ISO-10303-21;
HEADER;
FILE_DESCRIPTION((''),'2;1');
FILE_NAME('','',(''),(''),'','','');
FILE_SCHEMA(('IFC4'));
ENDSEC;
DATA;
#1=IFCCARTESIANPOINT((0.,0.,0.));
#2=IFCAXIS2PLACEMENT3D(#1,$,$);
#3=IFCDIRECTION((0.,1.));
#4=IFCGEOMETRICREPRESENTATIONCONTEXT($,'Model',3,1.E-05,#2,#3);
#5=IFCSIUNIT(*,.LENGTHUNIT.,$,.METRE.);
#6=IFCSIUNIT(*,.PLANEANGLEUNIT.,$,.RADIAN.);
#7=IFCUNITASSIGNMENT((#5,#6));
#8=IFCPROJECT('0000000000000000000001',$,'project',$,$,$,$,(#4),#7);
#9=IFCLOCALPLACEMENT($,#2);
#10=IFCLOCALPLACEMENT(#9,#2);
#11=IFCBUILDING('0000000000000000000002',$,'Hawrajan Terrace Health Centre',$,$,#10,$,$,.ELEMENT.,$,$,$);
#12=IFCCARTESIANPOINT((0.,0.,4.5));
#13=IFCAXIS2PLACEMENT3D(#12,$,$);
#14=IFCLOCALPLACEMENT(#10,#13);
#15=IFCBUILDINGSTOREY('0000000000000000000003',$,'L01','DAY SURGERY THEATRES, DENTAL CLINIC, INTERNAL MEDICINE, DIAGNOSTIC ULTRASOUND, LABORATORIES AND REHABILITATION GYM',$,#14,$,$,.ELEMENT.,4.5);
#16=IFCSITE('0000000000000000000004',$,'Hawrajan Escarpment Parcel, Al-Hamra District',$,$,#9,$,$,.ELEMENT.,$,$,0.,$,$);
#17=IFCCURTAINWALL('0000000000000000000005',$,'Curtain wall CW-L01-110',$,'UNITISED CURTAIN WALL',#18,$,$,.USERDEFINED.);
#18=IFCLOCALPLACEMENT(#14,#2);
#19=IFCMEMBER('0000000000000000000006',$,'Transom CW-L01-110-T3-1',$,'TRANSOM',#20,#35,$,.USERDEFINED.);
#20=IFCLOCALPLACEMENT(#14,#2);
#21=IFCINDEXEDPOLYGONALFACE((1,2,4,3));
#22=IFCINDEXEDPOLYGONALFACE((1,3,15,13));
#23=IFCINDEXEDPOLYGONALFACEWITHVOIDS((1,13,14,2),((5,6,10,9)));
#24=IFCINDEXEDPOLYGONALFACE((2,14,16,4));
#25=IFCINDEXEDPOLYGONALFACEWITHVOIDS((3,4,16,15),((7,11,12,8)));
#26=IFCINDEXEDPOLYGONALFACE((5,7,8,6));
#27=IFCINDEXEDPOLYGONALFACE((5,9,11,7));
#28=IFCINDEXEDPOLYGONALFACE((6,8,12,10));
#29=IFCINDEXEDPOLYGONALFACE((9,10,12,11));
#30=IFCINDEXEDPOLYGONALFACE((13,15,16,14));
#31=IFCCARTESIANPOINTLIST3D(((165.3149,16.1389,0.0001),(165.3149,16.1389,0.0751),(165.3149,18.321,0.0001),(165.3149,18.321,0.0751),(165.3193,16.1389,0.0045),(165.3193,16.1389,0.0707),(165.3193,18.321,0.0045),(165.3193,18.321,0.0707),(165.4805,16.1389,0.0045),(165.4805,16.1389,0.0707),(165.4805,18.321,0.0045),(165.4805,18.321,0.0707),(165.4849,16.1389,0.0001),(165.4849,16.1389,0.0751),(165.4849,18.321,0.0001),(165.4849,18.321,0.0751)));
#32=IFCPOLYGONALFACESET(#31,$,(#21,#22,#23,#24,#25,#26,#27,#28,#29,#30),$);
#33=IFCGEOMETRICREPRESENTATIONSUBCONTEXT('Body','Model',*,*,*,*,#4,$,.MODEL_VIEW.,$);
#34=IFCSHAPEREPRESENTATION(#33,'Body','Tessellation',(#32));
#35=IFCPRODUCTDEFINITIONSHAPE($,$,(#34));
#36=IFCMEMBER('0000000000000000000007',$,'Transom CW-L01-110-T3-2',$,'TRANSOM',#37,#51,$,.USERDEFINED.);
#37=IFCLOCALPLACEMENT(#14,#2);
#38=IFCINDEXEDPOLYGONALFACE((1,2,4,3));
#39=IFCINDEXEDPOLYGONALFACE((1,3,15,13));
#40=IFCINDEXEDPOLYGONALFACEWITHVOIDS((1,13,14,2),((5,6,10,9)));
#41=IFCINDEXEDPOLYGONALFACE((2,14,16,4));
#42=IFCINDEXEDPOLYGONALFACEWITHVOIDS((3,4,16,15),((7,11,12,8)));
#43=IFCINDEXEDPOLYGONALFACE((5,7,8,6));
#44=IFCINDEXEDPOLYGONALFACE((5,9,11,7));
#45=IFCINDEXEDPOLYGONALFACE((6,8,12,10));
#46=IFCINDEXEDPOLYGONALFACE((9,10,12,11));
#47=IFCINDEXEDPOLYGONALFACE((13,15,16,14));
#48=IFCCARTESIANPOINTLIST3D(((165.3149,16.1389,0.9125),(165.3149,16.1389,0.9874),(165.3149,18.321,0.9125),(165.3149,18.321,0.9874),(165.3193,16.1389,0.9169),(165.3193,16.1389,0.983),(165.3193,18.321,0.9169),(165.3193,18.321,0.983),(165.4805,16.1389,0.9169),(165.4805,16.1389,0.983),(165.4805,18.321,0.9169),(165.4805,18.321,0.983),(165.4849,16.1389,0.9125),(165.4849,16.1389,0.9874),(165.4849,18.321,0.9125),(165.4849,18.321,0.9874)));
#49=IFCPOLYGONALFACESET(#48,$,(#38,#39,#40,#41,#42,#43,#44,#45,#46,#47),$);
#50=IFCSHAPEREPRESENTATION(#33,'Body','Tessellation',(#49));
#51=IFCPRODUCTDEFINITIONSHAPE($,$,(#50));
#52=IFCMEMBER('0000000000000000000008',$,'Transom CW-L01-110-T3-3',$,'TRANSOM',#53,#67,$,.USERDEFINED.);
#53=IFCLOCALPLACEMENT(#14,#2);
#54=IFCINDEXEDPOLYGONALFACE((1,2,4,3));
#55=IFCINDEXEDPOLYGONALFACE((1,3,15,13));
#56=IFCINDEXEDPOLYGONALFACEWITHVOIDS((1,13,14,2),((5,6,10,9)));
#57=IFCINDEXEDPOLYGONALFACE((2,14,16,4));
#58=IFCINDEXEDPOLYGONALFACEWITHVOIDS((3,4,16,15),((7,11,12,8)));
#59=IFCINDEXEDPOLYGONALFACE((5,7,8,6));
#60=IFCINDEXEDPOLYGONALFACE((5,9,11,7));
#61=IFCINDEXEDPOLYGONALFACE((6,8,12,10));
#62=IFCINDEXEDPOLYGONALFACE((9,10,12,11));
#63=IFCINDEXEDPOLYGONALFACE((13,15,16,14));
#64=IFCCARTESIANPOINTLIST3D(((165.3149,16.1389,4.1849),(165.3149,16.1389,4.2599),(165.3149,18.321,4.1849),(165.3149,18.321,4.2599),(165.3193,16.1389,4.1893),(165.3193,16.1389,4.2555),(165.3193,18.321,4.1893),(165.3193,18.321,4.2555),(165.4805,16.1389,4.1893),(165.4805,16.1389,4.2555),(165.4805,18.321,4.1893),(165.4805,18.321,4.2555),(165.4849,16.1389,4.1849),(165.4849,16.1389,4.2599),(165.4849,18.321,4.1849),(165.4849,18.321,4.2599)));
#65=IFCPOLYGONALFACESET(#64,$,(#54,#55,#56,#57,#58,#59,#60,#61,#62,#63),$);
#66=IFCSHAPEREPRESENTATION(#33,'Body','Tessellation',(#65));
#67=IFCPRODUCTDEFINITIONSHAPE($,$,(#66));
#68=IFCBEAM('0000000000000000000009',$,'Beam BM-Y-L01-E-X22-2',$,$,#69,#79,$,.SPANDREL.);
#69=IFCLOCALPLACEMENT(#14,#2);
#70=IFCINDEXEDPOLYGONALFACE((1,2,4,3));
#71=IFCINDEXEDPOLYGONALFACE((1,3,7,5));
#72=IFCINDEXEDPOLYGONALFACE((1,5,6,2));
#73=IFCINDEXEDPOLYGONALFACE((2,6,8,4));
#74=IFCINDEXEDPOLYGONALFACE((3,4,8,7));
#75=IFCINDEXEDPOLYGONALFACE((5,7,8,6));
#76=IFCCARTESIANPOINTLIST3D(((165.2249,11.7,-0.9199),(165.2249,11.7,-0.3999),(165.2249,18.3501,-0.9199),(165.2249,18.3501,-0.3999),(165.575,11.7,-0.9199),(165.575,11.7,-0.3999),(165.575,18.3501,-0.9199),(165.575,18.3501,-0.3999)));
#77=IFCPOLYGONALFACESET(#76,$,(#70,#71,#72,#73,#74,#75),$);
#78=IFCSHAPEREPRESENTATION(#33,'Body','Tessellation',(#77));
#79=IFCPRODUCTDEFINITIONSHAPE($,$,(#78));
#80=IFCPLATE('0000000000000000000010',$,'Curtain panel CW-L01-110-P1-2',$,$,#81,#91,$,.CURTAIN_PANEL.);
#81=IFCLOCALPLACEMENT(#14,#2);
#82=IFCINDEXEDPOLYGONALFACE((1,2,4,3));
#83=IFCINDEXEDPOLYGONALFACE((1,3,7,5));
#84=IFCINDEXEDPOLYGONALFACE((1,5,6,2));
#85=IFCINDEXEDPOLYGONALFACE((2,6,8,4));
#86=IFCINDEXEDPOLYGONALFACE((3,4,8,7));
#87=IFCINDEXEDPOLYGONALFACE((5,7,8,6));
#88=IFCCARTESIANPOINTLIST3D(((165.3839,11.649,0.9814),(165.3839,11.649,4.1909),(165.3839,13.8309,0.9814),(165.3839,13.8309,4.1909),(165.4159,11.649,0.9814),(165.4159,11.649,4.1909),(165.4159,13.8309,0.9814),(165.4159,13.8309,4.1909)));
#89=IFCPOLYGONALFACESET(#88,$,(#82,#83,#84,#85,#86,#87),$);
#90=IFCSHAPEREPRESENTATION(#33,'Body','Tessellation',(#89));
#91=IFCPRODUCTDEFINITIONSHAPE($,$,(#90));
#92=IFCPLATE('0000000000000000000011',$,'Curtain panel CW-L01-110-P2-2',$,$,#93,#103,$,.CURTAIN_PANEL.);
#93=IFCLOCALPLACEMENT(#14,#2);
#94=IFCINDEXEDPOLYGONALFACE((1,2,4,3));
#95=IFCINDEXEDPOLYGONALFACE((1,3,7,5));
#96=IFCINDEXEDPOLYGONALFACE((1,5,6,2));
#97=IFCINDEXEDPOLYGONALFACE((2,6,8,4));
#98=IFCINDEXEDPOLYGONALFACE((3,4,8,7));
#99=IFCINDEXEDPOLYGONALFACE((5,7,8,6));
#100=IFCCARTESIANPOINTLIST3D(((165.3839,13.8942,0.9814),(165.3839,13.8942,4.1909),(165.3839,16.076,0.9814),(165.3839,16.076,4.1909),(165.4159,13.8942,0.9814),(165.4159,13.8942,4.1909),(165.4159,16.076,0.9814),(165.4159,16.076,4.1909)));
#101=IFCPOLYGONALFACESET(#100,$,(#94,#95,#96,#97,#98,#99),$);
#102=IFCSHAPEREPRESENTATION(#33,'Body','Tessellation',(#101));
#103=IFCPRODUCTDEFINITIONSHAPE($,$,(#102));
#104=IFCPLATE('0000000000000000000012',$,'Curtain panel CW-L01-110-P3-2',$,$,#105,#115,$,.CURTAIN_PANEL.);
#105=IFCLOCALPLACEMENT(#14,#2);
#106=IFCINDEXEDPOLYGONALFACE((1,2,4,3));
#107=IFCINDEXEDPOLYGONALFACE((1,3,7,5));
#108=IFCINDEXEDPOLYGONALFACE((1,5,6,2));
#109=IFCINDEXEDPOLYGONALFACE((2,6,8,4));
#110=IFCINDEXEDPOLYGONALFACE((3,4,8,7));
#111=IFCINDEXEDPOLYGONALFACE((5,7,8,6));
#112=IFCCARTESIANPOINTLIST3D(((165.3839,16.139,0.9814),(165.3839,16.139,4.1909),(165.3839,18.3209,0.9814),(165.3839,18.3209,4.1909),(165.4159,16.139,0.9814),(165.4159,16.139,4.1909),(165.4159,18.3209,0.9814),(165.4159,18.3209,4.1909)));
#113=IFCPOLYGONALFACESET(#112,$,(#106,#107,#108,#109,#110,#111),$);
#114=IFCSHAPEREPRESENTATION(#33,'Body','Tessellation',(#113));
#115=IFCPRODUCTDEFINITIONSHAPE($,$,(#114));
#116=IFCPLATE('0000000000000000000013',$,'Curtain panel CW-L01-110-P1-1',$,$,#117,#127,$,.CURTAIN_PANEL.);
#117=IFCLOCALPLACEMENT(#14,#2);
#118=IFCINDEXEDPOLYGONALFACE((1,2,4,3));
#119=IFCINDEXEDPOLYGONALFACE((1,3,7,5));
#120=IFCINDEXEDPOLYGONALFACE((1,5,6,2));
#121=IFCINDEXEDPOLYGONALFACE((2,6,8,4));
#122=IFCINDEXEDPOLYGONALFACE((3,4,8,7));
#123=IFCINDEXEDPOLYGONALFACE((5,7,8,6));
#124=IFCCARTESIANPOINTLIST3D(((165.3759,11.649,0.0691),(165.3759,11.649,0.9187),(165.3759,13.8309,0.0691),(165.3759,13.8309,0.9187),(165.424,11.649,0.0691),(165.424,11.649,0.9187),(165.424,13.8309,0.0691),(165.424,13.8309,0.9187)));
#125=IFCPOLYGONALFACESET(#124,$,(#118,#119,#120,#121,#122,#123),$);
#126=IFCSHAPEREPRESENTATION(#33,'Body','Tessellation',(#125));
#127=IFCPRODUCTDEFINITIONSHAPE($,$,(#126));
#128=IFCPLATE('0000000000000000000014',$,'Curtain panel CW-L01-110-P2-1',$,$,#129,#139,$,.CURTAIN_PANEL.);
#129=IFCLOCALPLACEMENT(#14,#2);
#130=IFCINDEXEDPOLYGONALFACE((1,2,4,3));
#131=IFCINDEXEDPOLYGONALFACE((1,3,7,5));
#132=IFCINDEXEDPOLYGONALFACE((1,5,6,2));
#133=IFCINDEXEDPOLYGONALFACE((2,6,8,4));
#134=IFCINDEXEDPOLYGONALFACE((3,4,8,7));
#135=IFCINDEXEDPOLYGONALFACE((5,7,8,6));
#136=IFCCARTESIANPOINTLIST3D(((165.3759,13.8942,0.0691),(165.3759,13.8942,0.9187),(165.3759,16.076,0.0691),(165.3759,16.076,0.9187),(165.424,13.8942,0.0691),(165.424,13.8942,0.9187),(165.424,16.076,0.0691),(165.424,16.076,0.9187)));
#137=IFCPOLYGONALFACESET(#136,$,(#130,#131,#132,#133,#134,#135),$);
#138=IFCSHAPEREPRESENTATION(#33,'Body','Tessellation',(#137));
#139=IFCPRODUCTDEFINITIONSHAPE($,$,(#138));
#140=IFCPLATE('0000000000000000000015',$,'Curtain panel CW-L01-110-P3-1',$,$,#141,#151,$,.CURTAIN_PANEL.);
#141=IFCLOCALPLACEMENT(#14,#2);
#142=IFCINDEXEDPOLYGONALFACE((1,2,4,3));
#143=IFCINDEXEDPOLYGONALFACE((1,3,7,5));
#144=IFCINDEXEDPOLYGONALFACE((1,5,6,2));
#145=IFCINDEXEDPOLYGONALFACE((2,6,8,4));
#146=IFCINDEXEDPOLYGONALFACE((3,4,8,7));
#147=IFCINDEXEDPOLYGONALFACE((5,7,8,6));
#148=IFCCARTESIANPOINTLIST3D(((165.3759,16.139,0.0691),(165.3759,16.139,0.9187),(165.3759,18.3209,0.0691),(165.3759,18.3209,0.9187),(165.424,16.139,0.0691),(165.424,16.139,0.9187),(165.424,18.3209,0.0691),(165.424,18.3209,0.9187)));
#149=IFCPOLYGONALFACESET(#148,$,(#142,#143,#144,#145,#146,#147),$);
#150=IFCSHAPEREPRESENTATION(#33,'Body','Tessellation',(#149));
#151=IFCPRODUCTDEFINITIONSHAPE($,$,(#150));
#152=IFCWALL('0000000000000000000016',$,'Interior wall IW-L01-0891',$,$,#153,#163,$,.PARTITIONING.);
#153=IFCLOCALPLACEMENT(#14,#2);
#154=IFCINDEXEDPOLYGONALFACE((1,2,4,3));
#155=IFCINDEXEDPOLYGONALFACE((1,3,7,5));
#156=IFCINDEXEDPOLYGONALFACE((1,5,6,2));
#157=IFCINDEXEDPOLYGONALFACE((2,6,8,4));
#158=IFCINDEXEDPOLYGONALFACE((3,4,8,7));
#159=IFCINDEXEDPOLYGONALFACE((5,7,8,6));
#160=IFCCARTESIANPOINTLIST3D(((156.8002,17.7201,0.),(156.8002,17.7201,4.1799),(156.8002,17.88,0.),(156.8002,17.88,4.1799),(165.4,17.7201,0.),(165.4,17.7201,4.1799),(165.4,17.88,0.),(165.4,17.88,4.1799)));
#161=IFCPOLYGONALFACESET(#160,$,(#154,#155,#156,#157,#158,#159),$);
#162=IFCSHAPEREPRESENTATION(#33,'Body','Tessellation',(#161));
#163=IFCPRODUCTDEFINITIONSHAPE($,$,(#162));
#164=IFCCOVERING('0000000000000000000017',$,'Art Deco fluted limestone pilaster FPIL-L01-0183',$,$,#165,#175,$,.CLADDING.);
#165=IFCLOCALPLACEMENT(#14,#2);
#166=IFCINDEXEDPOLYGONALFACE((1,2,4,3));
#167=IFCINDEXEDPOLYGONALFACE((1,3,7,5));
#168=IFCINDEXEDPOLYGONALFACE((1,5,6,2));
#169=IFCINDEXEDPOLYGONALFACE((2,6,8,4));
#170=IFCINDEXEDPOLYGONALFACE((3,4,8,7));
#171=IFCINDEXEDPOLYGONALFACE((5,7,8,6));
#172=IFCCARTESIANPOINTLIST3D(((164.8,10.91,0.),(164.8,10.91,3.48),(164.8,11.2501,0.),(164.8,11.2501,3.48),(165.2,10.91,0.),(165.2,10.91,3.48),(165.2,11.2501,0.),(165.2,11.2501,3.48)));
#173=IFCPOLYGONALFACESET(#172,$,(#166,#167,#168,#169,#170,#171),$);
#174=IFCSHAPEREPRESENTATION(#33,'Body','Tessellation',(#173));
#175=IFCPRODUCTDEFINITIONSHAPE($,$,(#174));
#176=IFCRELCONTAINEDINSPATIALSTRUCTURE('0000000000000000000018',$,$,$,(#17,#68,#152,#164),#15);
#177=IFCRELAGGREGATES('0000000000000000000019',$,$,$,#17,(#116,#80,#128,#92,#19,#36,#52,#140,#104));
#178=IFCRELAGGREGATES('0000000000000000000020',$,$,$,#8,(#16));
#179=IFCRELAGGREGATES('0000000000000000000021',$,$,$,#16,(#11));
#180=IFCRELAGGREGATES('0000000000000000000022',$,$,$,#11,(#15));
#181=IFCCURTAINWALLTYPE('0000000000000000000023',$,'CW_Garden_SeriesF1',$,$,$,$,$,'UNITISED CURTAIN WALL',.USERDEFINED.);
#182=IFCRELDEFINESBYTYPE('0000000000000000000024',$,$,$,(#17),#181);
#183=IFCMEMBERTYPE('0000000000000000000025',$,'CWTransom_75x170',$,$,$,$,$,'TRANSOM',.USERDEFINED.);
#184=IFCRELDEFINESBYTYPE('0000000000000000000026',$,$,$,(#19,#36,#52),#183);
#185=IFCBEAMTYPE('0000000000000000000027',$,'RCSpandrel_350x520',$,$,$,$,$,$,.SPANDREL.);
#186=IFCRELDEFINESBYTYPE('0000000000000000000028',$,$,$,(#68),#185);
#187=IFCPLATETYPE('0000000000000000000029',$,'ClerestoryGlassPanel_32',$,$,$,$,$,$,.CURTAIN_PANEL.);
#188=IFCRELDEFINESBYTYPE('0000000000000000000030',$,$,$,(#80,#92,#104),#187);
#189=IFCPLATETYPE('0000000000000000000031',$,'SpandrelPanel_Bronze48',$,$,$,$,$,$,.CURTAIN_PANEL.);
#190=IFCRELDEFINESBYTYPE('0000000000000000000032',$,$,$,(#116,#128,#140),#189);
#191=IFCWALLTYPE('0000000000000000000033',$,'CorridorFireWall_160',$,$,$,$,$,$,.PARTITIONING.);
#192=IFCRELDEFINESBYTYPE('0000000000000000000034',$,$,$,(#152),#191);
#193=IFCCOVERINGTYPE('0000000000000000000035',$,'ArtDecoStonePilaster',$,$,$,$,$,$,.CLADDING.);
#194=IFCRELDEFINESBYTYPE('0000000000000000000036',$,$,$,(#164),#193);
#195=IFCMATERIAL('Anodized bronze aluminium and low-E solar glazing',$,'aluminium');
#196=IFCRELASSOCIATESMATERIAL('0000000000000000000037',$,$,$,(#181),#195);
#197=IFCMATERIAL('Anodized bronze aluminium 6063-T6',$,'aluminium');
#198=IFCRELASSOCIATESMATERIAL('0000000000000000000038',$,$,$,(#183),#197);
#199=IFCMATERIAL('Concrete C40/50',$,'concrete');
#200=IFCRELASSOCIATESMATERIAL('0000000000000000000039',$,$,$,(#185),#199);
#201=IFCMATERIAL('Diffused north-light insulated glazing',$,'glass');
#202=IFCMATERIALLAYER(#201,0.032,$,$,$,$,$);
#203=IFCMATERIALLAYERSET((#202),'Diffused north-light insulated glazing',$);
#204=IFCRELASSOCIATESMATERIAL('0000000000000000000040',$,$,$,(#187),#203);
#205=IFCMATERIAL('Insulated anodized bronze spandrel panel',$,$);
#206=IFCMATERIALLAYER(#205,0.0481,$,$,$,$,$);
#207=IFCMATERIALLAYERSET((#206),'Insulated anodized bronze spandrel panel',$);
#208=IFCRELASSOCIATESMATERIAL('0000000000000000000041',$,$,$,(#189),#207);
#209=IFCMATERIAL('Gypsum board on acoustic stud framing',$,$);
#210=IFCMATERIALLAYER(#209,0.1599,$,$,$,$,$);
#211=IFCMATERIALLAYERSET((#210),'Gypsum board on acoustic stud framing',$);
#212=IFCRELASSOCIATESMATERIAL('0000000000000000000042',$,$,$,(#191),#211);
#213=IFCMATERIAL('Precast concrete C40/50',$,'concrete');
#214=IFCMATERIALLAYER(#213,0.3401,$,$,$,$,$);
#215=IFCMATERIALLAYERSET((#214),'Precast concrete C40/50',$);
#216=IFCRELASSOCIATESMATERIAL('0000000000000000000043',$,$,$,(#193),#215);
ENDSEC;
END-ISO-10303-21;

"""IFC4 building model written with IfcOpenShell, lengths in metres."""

from ifc_helpers import new_model, si_unit, direction, frame, frame_2d, origin, origin_2d, place, context, subcontext, project, spatial, rectangle, hollow_rectangle, extrude, material, layer, layer_set, material_profile, profile_set, type_object, element, aggregate, save


model = new_model("IFC4")

# Units and contexts
model_context = context("Model", 3, precision=1e-05, world=origin(), true_north=direction((0.0, 1.0)))
body_context = subcontext(model_context, "Body", "Model", "MODEL_VIEW")
ifc_project = project(units=[si_unit("LENGTHUNIT", "METRE"), si_unit("PLANEANGLEUNIT", "RADIAN")], contexts=[model_context])

# Site, building, storey
site_placement = place(None, origin())
site = spatial("IfcSite", under=ifc_project, at=site_placement, Name="Hawrajan Escarpment Parcel, Al-Hamra District", CompositionType="ELEMENT", RefElevation=0.0)
building_placement = place(site_placement, origin())
building = spatial("IfcBuilding", under=site, at=building_placement, Name="Hawrajan Terrace Health Centre", CompositionType="ELEMENT")
storey_placement = place(building_placement, frame((0.0, 0.0, 4.5)))
storey = spatial("IfcBuildingStorey", under=building, at=storey_placement, Name="L01", Description="DAY SURGERY THEATRES, DENTAL CLINIC, INTERNAL MEDICINE, DIAGNOSTIC ULTRASOUND, LABORATORIES AND REHABILITATION GYM", CompositionType="ELEMENT", Elevation=4.5)

# Curtain wall, members
ifc_material_1 = material(Name="Anodized bronze aluminium and low-E solar glazing", Category="aluminium")
curtain_wall_type = type_object("IfcCurtainWallType", Name="CW_Garden_SeriesF1", ElementType="UNITISED CURTAIN WALL", PredefinedType="USERDEFINED", material=ifc_material_1)
curtain_wall_placement = place(storey_placement, origin())
curtain_wall = element("IfcCurtainWall", 1, at=curtain_wall_placement, inside=storey, type_object=curtain_wall_type, Name="Curtain wall CW-L01-110", ObjectType="UNITISED CURTAIN WALL", PredefinedType="USERDEFINED")
ifc_material_2 = material(Name="Anodized bronze aluminium 6063-T6", Category="aluminium")
ifc_material_profile_1 = material_profile(ifc_material_2, hollow_rectangle(XDim=0.075, YDim=0.1699, WallThickness=0.0044, at=origin_2d()), Name="CW TRN 75x170")
ifc_profile_set_1 = profile_set([ifc_material_profile_1], Name="Anodized bronze aluminium 6063-T6")
member_type_1 = type_object("IfcMemberType", Name="CWTransom_75x170", ElementType="TRANSOM", PredefinedType="USERDEFINED", material=ifc_profile_set_1)
member_1_placement = place(storey_placement, frame((165.3999, 16.1389, 0.0376), z_axis=(0.0, 1.0, 0.0), x_axis=(0.0, 0.0, 1.0)))
member_1 = element("IfcMember", 2, at=member_1_placement, type_object=member_type_1, Name="Transom CW-L01-110-T3-1", ObjectType="TRANSOM", PredefinedType="USERDEFINED", context=body_context, shape_type="SweptSolid", body=[
    extrude(hollow_rectangle(XDim=0.075, YDim=0.1699, WallThickness=0.0044, at=origin_2d()), origin(), (0.0, 0.0, 1.0), 2.1821),
])
member_2_placement = place(storey_placement, frame((165.3999, 16.1389, 0.95), z_axis=(0.0, 1.0, 0.0), x_axis=(0.0, 0.0, 1.0)))
member_2 = element("IfcMember", 3, at=member_2_placement, type_object=member_type_1, Name="Transom CW-L01-110-T3-2", ObjectType="TRANSOM", PredefinedType="USERDEFINED", context=body_context, shape_type="SweptSolid", body=[
    extrude(hollow_rectangle(XDim=0.075, YDim=0.1699, WallThickness=0.0044, at=origin_2d()), origin(), (0.0, 0.0, 1.0), 2.1821),
])
member_3_placement = place(storey_placement, frame((165.3999, 16.1389, 4.2224), z_axis=(0.0, 1.0, 0.0), x_axis=(0.0, 0.0, 1.0)))
member_3 = element("IfcMember", 4, at=member_3_placement, type_object=member_type_1, Name="Transom CW-L01-110-T3-3", ObjectType="TRANSOM", PredefinedType="USERDEFINED", context=body_context, shape_type="SweptSolid", body=[
    extrude(hollow_rectangle(XDim=0.075, YDim=0.1699, WallThickness=0.0044, at=origin_2d()), origin(), (0.0, 0.0, 1.0), 2.1821),
])

# Beam
ifc_material_3 = material(Name="Concrete C40/50", Category="concrete")
ifc_material_profile_2 = material_profile(ifc_material_3, rectangle(XDim=0.3501, YDim=0.52, at=origin_2d()), Name="RC SP 350x520")
ifc_profile_set_2 = profile_set([ifc_material_profile_2], Name="Concrete C40/50")
beam_type = type_object("IfcBeamType", Name="RCSpandrel_350x520", PredefinedType="SPANDREL", material=ifc_profile_set_2)
beam_placement = place(storey_placement, frame((165.3999, 11.7, -0.6599), z_axis=(0.0, 1.0, 0.0), x_axis=(-1.0, 0.0, 0.0)))
element("IfcBeam", 5, at=beam_placement, inside=storey, type_object=beam_type, Name="Beam BM-Y-L01-E-X22-2", PredefinedType="SPANDREL", context=body_context, shape_type="SweptSolid", body=[
    extrude(rectangle(XDim=0.3501, YDim=0.52, at=origin_2d()), origin(), (0.0, 0.0, 1.0), 6.6501),
])

# Plates
ifc_material_4 = material(Name="Diffused north-light insulated glazing", Category="glass")
ifc_layer_1 = layer(ifc_material_4, 0.032)
ifc_layer_set_1 = layer_set([ifc_layer_1], Name="Diffused north-light insulated glazing")
plate_type_1 = type_object("IfcPlateType", Name="ClerestoryGlassPanel_32", PredefinedType="CURTAIN_PANEL", material=ifc_layer_set_1)
plate_1_placement = place(storey_placement, frame((165.3999, 12.74, 0.9814), z_axis=(0.0, 0.0, 1.0), x_axis=(0.0, 1.0, 0.0)))
plate_1 = element("IfcPlate", 6, at=plate_1_placement, type_object=plate_type_1, Name="Curtain panel CW-L01-110-P1-2", PredefinedType="CURTAIN_PANEL", context=body_context, shape_type="SweptSolid", body=[
    extrude(rectangle(XDim=2.1819, YDim=0.032, at=origin_2d()), origin(), (0.0, 0.0, 1.0), 3.2095),
])
plate_2_placement = place(storey_placement, frame((165.3999, 14.9851, 0.9814), z_axis=(0.0, 0.0, 1.0), x_axis=(0.0, 1.0, 0.0)))
plate_2 = element("IfcPlate", 7, at=plate_2_placement, type_object=plate_type_1, Name="Curtain panel CW-L01-110-P2-2", PredefinedType="CURTAIN_PANEL", context=body_context, shape_type="SweptSolid", body=[
    extrude(rectangle(XDim=2.1819, YDim=0.032, at=origin_2d()), origin(), (0.0, 0.0, 1.0), 3.2095),
])
plate_3_placement = place(storey_placement, frame((165.3999, 17.23, 0.9814), z_axis=(0.0, 0.0, 1.0), x_axis=(0.0, 1.0, 0.0)))
plate_3 = element("IfcPlate", 8, at=plate_3_placement, type_object=plate_type_1, Name="Curtain panel CW-L01-110-P3-2", PredefinedType="CURTAIN_PANEL", context=body_context, shape_type="SweptSolid", body=[
    extrude(rectangle(XDim=2.1819, YDim=0.032, at=origin_2d()), origin(), (0.0, 0.0, 1.0), 3.2095),
])
ifc_material_5 = material(Name="Insulated anodized bronze spandrel panel")
ifc_layer_2 = layer(ifc_material_5, 0.0481)
ifc_layer_set_2 = layer_set([ifc_layer_2], Name="Insulated anodized bronze spandrel panel")
plate_type_2 = type_object("IfcPlateType", Name="SpandrelPanel_Bronze48", PredefinedType="CURTAIN_PANEL", material=ifc_layer_set_2)
plate_4_placement = place(storey_placement, frame((165.3999, 12.74, 0.0691), z_axis=(0.0, 0.0, 1.0), x_axis=(0.0, 1.0, 0.0)))
plate_4 = element("IfcPlate", 9, at=plate_4_placement, type_object=plate_type_2, Name="Curtain panel CW-L01-110-P1-1", PredefinedType="CURTAIN_PANEL", context=body_context, shape_type="SweptSolid", body=[
    extrude(rectangle(XDim=2.1819, YDim=0.0481, at=origin_2d()), origin(), (0.0, 0.0, 1.0), 0.8496),
])
plate_5_placement = place(storey_placement, frame((165.3999, 14.9851, 0.0691), z_axis=(0.0, 0.0, 1.0), x_axis=(0.0, 1.0, 0.0)))
plate_5 = element("IfcPlate", 10, at=plate_5_placement, type_object=plate_type_2, Name="Curtain panel CW-L01-110-P2-1", PredefinedType="CURTAIN_PANEL", context=body_context, shape_type="SweptSolid", body=[
    extrude(rectangle(XDim=2.1819, YDim=0.0481, at=origin_2d()), origin(), (0.0, 0.0, 1.0), 0.8496),
])
plate_6_placement = place(storey_placement, frame((165.3999, 17.23, 0.0691), z_axis=(0.0, 0.0, 1.0), x_axis=(0.0, 1.0, 0.0)))
plate_6 = element("IfcPlate", 11, at=plate_6_placement, type_object=plate_type_2, Name="Curtain panel CW-L01-110-P3-1", PredefinedType="CURTAIN_PANEL", context=body_context, shape_type="SweptSolid", body=[
    extrude(rectangle(XDim=2.1819, YDim=0.0481, at=origin_2d()), origin(), (0.0, 0.0, 1.0), 0.8496),
])
aggregate(curtain_wall, [plate_4, plate_1, plate_5, plate_2, member_1, member_2, member_3, plate_6, plate_3])

# Wall
ifc_material_6 = material(Name="Gypsum board on acoustic stud framing")
ifc_layer_3 = layer(ifc_material_6, 0.1599)
ifc_layer_set_3 = layer_set([ifc_layer_3], Name="Gypsum board on acoustic stud framing")
wall_type = type_object("IfcWallType", Name="CorridorFireWall_160", PredefinedType="PARTITIONING", material=ifc_layer_set_3)
wall_placement = place(storey_placement, frame((165.3999, 17.8, 0.0), z_axis=(0.0, 0.0, 1.0), x_axis=(-1.0, 0.0, 0.0)))
element("IfcWall", 12, at=wall_placement, inside=storey, type_object=wall_type, Name="Interior wall IW-L01-0891", PredefinedType="PARTITIONING", context=body_context, shape_type="SweptSolid", body=[
    extrude(rectangle(XDim=8.5999, YDim=0.1599, at=frame_2d((4.2998, 0.0))), origin(), (0.0, 0.0, 1.0), 4.1799),
])

# Covering
ifc_material_7 = material(Name="Precast concrete C40/50", Category="concrete")
ifc_layer_4 = layer(ifc_material_7, 0.3401)
ifc_layer_set_4 = layer_set([ifc_layer_4], Name="Precast concrete C40/50")
covering_type = type_object("IfcCoveringType", Name="ArtDecoStonePilaster", PredefinedType="CLADDING", material=ifc_layer_set_4)
covering_placement = place(storey_placement, frame((165.0, 11.0801, 0.0), z_axis=(0.0, 0.0, 1.0), x_axis=(1.0, 0.0, 0.0)))
element("IfcCovering", 13, at=covering_placement, inside=storey, type_object=covering_type, Name="Art Deco fluted limestone pilaster FPIL-L01-0183", PredefinedType="CLADDING", context=body_context, shape_type="SweptSolid", body=[
    extrude(rectangle(XDim=0.3999, YDim=0.3401, at=origin_2d()), origin(), (0.0, 0.0, 1.0), 3.48),
])

save(model, "model.ifc")
